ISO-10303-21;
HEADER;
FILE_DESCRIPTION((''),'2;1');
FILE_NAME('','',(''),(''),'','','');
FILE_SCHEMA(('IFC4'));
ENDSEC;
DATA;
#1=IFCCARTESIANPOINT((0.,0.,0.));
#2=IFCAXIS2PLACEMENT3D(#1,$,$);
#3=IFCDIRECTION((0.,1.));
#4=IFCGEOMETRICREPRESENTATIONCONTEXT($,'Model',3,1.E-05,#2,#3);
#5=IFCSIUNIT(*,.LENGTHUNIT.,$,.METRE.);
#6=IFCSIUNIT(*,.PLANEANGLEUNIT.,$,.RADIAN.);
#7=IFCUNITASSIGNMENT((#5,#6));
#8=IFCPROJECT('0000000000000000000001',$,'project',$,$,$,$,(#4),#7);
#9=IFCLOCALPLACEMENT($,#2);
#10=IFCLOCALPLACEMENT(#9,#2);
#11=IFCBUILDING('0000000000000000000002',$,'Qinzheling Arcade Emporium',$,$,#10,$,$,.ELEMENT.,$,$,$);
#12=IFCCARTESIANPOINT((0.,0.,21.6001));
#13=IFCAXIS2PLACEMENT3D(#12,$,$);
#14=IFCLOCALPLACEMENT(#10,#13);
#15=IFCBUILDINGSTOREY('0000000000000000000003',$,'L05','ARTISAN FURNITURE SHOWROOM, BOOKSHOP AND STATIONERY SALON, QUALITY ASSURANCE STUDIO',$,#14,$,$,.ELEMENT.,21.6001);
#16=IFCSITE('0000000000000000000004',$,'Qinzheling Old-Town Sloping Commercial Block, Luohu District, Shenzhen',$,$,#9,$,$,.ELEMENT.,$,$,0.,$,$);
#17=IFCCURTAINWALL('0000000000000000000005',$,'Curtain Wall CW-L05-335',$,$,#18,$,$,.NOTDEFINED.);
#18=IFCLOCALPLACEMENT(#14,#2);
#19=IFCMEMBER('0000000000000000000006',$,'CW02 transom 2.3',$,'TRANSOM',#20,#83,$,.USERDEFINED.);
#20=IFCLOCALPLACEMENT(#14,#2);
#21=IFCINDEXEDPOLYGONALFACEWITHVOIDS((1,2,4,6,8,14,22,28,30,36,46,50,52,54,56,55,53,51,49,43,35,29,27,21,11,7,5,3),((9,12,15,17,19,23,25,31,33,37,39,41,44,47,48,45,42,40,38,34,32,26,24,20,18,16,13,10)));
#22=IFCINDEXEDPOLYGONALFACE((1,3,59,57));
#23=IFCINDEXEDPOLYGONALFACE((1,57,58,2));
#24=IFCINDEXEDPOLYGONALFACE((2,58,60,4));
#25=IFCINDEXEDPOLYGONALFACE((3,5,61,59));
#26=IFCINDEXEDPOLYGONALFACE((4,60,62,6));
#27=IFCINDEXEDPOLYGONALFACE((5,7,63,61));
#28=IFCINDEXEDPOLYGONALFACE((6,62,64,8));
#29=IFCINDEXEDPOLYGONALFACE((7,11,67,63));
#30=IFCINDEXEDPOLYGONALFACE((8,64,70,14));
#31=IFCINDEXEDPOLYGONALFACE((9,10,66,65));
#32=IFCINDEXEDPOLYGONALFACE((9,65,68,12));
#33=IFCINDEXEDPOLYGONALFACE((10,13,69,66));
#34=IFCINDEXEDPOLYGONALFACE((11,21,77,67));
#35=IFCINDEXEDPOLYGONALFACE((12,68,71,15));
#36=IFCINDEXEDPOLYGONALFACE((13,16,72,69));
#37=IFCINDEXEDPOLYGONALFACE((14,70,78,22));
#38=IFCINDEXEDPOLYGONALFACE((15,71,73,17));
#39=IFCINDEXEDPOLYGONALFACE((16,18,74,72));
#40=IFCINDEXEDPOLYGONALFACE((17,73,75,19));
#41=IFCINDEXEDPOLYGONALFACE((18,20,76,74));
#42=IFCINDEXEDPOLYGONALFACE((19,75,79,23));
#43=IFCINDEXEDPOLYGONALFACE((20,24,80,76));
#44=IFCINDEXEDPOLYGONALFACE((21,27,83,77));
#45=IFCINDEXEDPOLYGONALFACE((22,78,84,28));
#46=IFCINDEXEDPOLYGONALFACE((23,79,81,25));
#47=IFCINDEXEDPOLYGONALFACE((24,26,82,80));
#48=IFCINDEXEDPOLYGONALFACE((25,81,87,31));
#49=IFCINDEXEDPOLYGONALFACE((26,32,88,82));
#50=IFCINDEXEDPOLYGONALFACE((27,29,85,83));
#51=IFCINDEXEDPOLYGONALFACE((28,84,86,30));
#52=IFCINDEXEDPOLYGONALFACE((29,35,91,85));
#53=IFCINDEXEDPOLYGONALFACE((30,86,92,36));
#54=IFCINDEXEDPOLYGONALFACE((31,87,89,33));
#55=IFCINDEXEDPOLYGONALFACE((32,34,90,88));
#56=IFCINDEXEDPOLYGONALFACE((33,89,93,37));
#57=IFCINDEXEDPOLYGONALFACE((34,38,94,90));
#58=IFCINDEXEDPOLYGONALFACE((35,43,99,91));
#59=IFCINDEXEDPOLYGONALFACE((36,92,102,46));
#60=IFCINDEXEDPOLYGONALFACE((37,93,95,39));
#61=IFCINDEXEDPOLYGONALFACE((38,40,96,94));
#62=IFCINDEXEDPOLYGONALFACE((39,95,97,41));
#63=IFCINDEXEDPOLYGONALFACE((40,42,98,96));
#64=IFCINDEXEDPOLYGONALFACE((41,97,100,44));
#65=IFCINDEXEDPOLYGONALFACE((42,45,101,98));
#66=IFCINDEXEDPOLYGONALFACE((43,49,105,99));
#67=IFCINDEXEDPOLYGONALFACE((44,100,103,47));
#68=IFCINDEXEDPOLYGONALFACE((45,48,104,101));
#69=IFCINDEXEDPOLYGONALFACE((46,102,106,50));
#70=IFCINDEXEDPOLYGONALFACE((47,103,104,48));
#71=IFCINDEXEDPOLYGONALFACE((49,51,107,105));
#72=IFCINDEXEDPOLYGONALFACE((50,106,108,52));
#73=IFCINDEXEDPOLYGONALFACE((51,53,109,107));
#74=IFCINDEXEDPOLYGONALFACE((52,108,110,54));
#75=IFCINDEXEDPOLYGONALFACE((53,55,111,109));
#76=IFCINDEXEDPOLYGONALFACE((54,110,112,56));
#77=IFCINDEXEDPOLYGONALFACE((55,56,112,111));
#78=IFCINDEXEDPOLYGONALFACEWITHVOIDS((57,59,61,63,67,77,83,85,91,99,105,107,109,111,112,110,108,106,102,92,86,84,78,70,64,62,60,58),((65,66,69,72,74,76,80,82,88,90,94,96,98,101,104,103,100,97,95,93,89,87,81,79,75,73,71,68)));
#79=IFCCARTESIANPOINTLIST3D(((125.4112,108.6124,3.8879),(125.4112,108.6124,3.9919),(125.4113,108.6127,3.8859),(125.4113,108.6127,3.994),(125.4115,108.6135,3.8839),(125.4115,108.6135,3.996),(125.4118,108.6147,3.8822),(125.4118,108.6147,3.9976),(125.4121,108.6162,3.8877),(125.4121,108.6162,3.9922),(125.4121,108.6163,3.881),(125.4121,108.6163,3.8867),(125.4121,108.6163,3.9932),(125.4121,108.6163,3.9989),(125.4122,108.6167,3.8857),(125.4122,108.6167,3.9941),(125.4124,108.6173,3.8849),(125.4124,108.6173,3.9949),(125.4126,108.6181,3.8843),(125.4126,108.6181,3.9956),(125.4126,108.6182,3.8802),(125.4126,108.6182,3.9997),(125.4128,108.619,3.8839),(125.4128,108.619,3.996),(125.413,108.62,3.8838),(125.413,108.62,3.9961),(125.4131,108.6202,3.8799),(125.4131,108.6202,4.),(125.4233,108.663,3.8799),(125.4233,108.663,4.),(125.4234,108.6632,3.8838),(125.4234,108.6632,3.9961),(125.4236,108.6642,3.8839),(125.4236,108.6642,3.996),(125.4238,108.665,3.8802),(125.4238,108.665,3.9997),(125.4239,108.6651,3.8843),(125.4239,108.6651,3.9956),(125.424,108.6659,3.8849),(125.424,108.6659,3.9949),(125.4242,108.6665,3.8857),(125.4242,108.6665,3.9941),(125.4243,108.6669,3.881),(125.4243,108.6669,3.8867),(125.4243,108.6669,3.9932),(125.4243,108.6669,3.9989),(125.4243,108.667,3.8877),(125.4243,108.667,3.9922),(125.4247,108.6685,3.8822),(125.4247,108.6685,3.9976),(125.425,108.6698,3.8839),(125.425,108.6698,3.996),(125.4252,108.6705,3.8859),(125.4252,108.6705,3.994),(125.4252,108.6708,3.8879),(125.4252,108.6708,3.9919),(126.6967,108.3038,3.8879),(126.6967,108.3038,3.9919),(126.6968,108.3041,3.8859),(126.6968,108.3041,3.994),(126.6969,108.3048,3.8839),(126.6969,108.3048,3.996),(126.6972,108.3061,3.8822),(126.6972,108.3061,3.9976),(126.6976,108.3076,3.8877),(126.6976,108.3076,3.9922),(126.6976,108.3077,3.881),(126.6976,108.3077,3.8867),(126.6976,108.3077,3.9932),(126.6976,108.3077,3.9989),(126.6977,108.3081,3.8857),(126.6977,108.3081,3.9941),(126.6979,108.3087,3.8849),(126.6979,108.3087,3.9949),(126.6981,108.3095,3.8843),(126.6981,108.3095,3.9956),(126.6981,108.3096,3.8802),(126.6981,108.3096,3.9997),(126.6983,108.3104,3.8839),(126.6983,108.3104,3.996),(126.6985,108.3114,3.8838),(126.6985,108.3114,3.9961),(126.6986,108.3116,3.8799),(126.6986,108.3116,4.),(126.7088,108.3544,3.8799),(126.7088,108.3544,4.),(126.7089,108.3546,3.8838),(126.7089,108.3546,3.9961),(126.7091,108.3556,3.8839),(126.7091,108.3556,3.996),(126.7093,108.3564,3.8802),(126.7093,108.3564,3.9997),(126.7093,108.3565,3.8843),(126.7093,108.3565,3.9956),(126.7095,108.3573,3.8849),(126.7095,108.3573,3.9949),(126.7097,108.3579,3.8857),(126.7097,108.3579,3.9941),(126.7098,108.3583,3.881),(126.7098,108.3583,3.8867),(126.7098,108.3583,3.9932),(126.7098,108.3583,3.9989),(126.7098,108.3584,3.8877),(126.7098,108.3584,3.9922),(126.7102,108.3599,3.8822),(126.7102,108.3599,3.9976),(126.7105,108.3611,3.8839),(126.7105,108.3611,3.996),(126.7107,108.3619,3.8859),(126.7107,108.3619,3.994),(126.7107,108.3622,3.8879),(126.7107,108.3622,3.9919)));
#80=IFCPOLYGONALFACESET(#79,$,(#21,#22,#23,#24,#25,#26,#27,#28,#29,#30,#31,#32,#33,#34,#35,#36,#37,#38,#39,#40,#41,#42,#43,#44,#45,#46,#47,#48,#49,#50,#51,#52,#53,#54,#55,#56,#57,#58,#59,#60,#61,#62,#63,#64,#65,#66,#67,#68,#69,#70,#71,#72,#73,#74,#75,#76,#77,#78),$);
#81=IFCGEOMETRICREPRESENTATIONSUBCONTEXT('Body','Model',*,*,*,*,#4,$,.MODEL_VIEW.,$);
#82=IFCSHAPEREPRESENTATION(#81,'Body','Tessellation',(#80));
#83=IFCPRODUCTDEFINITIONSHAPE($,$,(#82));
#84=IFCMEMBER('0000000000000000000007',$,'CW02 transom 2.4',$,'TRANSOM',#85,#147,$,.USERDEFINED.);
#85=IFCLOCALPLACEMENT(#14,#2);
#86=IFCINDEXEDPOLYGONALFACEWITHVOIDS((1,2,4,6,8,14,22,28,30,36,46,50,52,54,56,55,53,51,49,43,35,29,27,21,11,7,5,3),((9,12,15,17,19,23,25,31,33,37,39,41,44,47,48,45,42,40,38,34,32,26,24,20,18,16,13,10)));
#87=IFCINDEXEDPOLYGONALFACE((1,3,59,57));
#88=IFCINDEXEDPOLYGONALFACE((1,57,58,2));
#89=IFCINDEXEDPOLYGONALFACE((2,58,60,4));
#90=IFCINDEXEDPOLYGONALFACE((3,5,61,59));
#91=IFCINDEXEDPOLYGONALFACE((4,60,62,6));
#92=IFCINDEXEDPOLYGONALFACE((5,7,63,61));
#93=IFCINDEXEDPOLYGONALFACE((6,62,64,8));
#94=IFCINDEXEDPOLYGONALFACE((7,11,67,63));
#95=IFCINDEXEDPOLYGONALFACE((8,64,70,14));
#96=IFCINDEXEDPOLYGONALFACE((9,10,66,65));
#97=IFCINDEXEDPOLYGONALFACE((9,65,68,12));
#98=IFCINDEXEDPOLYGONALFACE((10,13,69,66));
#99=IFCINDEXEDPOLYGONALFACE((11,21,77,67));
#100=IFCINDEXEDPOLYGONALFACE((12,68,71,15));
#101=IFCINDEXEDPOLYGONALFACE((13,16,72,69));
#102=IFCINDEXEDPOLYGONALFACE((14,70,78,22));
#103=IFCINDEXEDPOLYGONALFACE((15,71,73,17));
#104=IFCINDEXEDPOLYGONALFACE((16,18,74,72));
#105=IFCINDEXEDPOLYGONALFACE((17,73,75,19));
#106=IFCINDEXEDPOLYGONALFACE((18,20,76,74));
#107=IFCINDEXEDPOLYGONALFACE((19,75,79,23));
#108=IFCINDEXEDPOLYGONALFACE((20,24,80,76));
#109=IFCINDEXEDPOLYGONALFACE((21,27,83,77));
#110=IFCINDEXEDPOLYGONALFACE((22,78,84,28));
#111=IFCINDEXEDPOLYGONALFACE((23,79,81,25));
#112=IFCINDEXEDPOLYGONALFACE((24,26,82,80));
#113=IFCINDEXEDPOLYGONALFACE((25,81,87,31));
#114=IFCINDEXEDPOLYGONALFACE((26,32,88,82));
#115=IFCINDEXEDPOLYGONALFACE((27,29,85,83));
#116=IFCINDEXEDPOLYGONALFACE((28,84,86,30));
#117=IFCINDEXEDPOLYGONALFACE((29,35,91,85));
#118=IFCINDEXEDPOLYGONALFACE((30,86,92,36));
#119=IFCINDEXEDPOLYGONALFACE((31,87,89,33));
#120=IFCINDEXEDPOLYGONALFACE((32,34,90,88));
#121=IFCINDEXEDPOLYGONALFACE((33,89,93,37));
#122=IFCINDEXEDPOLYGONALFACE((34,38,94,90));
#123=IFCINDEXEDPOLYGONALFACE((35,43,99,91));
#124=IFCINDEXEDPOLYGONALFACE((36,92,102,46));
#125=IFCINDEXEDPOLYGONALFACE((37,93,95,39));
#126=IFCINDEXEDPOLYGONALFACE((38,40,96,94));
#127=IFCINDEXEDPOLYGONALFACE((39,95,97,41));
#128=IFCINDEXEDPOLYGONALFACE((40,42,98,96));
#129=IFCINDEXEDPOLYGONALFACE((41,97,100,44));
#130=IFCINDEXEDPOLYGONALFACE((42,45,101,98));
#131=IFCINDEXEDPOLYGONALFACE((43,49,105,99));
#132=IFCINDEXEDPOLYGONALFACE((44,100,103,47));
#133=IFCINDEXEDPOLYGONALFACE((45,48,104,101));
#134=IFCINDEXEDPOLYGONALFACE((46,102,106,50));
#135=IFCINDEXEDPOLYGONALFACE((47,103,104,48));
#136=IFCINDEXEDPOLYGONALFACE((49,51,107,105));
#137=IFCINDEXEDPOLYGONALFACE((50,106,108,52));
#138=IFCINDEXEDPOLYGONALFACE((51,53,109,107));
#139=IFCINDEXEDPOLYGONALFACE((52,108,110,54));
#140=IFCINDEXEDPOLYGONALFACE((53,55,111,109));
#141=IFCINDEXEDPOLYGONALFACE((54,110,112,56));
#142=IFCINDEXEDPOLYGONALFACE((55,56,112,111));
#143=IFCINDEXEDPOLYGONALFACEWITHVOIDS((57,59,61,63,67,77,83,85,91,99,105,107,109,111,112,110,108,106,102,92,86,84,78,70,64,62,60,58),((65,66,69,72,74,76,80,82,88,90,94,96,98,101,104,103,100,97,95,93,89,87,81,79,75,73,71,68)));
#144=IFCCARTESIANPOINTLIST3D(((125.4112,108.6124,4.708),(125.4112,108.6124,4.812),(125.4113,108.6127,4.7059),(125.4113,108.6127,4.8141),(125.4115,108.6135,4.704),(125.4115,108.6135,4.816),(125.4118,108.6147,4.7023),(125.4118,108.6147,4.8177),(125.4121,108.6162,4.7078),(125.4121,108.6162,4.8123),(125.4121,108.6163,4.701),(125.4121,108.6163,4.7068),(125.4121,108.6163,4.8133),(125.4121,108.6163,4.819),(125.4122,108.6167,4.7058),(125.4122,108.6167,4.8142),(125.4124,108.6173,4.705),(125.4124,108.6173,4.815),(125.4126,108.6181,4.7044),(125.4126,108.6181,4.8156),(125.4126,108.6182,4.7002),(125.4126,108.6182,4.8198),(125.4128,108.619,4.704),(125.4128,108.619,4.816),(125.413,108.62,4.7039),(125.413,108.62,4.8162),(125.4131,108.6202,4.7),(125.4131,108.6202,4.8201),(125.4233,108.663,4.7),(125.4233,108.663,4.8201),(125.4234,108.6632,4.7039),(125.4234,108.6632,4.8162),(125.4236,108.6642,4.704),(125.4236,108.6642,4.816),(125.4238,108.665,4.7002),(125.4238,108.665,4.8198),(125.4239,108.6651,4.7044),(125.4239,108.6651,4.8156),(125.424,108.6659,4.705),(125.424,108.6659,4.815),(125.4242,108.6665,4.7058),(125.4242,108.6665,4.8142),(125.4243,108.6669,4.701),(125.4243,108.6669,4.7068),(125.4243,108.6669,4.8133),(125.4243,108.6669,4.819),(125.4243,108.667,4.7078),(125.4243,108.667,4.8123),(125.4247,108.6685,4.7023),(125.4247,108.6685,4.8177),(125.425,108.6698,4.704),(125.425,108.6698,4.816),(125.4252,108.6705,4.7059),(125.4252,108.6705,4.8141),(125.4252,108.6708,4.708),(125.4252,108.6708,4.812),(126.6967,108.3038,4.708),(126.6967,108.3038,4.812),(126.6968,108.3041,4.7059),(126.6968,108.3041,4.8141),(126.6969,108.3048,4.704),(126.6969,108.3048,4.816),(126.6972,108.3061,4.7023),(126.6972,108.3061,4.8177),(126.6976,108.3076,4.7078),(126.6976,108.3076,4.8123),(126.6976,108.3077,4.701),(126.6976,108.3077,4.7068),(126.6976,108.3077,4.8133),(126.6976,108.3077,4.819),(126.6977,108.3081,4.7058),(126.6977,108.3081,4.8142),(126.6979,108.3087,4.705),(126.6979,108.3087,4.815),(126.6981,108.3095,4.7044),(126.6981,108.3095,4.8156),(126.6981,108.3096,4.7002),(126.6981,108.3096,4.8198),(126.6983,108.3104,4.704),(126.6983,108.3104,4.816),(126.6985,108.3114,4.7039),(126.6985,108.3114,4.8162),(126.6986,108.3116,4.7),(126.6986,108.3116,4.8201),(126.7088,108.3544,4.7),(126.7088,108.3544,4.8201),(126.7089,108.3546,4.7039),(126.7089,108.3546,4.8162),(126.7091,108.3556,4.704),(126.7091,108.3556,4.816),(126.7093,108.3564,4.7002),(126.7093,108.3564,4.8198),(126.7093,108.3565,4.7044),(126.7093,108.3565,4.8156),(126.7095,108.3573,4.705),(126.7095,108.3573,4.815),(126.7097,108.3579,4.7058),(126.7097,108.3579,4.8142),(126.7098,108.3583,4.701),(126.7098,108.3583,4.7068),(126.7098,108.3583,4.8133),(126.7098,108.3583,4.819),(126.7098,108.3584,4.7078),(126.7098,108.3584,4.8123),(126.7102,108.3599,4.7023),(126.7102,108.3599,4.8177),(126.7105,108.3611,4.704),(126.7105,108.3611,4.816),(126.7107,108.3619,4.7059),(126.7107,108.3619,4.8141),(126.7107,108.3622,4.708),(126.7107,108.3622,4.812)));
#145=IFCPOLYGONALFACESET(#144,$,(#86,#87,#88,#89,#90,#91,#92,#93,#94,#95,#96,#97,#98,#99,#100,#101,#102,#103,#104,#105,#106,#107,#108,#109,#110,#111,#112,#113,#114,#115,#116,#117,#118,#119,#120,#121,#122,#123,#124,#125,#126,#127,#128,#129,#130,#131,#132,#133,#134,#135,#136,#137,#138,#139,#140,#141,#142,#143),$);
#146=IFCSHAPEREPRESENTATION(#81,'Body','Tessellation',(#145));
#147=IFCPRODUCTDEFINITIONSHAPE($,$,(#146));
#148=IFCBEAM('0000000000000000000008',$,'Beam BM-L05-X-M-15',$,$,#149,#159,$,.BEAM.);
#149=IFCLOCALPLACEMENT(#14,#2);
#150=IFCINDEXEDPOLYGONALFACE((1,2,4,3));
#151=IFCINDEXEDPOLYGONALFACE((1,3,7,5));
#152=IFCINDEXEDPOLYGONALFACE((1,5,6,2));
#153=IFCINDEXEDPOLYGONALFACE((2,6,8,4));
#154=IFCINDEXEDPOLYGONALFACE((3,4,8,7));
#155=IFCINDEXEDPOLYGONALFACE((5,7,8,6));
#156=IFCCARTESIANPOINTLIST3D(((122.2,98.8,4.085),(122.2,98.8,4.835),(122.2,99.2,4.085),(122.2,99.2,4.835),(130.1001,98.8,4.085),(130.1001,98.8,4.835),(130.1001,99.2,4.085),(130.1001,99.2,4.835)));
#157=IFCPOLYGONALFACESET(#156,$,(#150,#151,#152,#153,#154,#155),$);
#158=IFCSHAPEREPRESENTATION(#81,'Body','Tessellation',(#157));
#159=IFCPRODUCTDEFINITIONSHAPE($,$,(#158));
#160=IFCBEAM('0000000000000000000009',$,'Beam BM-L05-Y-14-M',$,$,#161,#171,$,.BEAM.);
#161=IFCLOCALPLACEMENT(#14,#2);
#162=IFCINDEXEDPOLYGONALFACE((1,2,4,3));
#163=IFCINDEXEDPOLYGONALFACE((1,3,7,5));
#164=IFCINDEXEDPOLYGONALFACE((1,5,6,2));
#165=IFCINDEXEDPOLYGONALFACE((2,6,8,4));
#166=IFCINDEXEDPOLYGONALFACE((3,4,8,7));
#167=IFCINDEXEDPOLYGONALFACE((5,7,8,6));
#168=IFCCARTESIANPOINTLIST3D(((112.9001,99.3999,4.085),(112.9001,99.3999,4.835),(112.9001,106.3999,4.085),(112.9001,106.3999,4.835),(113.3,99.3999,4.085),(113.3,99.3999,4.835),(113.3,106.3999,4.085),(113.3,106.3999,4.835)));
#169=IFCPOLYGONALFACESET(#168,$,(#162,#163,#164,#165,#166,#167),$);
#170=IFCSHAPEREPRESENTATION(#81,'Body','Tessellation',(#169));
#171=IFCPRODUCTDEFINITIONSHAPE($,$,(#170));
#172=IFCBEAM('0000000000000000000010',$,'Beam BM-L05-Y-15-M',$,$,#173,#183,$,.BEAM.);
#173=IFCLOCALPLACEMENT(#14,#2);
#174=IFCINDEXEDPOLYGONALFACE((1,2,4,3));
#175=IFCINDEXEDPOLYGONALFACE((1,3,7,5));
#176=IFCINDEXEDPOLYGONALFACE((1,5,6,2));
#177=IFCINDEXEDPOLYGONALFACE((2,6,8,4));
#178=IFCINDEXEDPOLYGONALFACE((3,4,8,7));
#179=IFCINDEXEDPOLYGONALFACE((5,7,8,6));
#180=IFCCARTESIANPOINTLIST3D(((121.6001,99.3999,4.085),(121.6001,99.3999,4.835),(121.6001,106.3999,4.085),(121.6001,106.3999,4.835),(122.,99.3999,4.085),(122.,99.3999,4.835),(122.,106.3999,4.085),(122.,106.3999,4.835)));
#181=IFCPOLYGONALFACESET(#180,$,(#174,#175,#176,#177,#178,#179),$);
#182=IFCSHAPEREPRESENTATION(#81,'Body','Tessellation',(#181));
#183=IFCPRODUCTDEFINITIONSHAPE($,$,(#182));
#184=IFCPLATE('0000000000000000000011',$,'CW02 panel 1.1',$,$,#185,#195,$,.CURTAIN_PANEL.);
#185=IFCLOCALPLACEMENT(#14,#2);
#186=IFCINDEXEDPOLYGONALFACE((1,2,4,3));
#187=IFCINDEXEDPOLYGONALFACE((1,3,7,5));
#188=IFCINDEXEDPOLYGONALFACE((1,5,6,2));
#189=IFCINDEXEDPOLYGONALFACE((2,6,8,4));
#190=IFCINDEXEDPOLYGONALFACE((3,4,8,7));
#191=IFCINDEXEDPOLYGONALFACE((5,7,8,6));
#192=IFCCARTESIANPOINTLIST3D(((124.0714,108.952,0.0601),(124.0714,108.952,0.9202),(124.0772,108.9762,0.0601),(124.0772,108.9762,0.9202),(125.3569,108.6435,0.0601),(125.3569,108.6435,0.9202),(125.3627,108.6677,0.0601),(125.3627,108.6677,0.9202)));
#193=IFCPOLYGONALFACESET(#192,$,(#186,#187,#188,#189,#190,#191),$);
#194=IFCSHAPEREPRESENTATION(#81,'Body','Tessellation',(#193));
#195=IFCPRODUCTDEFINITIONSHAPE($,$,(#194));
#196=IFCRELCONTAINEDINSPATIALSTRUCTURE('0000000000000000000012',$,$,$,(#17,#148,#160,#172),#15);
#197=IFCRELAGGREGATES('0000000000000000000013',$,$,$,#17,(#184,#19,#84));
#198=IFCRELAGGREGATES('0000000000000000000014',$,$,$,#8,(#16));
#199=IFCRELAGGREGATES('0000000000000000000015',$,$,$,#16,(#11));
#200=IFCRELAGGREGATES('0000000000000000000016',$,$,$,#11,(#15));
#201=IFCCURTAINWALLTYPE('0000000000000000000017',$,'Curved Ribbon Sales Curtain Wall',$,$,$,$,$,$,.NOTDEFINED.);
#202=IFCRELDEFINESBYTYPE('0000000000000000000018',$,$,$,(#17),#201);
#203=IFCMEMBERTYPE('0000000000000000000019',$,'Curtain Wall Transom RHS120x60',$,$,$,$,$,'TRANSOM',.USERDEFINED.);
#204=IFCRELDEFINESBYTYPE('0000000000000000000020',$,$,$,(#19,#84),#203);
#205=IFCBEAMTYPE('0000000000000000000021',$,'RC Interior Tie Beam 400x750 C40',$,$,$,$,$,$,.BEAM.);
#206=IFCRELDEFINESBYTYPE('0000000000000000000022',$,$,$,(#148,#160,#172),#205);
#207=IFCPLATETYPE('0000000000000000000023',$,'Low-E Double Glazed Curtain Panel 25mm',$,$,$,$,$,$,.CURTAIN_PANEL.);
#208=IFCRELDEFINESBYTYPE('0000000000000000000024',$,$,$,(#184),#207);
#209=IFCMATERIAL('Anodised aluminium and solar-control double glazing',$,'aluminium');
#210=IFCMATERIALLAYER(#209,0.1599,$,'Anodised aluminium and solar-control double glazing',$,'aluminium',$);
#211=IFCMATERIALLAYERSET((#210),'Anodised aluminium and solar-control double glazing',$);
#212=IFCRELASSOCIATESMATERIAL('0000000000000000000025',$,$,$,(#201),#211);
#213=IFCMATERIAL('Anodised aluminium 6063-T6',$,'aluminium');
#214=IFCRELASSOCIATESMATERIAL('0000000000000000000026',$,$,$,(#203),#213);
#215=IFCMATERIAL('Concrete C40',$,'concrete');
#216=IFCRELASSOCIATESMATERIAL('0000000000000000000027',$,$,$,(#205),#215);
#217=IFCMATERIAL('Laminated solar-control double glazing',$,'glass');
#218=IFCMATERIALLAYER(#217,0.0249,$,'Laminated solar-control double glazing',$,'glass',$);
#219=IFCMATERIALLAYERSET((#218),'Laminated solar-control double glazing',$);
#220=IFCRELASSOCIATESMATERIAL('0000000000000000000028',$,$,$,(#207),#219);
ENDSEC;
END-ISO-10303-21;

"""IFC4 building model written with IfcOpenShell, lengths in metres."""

from ifc_helpers import new_model, si_unit, direction, frame, origin, origin_2d, place, context, subcontext, project, spatial, rectangle, hollow_rectangle, extrude, material, layer, layer_set, material_profile, profile_set, type_object, element, aggregate, save


model = new_model("IFC4")

# Units and contexts
model_context = context("Model", 3, precision=1e-05, world=origin(), true_north=direction((0.0, 1.0)))
body_context = subcontext(model_context, "Body", "Model", "MODEL_VIEW")
ifc_project = project(units=[si_unit("LENGTHUNIT", "METRE"), si_unit("PLANEANGLEUNIT", "RADIAN")], contexts=[model_context])

# Site, building, storey
site_placement = place(None, origin())
site = spatial("IfcSite", under=ifc_project, at=site_placement, Name="Qinzheling Old-Town Sloping Commercial Block, Luohu District, Shenzhen", CompositionType="ELEMENT", RefElevation=0.0)
building_placement = place(site_placement, origin())
building = spatial("IfcBuilding", under=site, at=building_placement, Name="Qinzheling Arcade Emporium", CompositionType="ELEMENT")
storey_placement = place(building_placement, frame((0.0, 0.0, 21.6001)))
storey = spatial("IfcBuildingStorey", under=building, at=storey_placement, Name="L05", Description="ARTISAN FURNITURE SHOWROOM, BOOKSHOP AND STATIONERY SALON, QUALITY ASSURANCE STUDIO", CompositionType="ELEMENT", Elevation=21.6001)

# Shared definitions
ifc_material_1 = material(Name="Concrete C40", Category="concrete")

# Curtain wall, members
ifc_material_2 = material(Name="Anodised aluminium and solar-control double glazing", Category="aluminium")
ifc_layer_1 = layer(ifc_material_2, 0.1599, Name="Anodised aluminium and solar-control double glazing", Category="aluminium")
ifc_layer_set_1 = layer_set([ifc_layer_1], Name="Anodised aluminium and solar-control double glazing")
curtain_wall_type = type_object("IfcCurtainWallType", Name="Curved Ribbon Sales Curtain Wall", PredefinedType="NOTDEFINED", material=ifc_layer_set_1)
curtain_wall_placement = place(storey_placement, origin())
curtain_wall = element("IfcCurtainWall", 1, at=curtain_wall_placement, inside=storey, type_object=curtain_wall_type, Name="Curtain Wall CW-L05-335", PredefinedType="NOTDEFINED")
ifc_material_3 = material(Name="Anodised aluminium 6063-T6", Category="aluminium")
ifc_material_profile_1 = material_profile(ifc_material_3, hollow_rectangle(XDim=0.0601, YDim=0.1201, WallThickness=0.0039, InnerFilletRadius=0.0039, OuterFilletRadius=0.0081, at=origin_2d()), Name="RHS 120x60x4", Category="aluminium")
ifc_profile_set_1 = profile_set([ifc_material_profile_1], Name="Anodised aluminium 6063-T6")
member_type_1 = type_object("IfcMemberType", Name="Curtain Wall Transom RHS120x60", ElementType="TRANSOM", PredefinedType="USERDEFINED", material=ifc_profile_set_1)
member_1_placement = place(storey_placement, frame((125.4182, 108.6416, 3.9399), z_axis=(0.972371, -0.233443, 0.0), x_axis=(0.233443, 0.972371, 0.0)))
member_1 = element("IfcMember", 2, at=member_1_placement, type_object=member_type_1, Name="CW02 transom 2.3", ObjectType="TRANSOM", PredefinedType="USERDEFINED", context=body_context, shape_type="SweptSolid", body=[
    extrude(hollow_rectangle(XDim=0.0601, YDim=0.1201, WallThickness=0.0039, InnerFilletRadius=0.0039, OuterFilletRadius=0.0081, at=origin_2d()), origin(), (0.0, 0.0, 1.0), 1.322),
])
member_2_placement = place(storey_placement, frame((125.4182, 108.6416, 4.76), z_axis=(0.972371, -0.233443, 0.0), x_axis=(0.233443, 0.972371, 0.0)))
member_2 = element("IfcMember", 3, at=member_2_placement, type_object=member_type_1, Name="CW02 transom 2.4", ObjectType="TRANSOM", PredefinedType="USERDEFINED", context=body_context, shape_type="SweptSolid", body=[
    extrude(hollow_rectangle(XDim=0.0601, YDim=0.1201, WallThickness=0.0039, InnerFilletRadius=0.0039, OuterFilletRadius=0.0081, at=origin_2d()), origin(), (0.0, 0.0, 1.0), 1.322),
])

# Beams
ifc_material_profile_2 = material_profile(ifc_material_1, rectangle(XDim=0.3999, YDim=0.75, at=origin_2d()), Name="RC 400x750", Category="concrete")
ifc_profile_set_2 = profile_set([ifc_material_profile_2], Name="Concrete C40")
beam_type = type_object("IfcBeamType", Name="RC Interior Tie Beam 400x750 C40", PredefinedType="BEAM", material=ifc_profile_set_2)
beam_placement = place(storey_placement, frame((122.2, 99.0, 4.46), z_axis=(1.0, 0.0, 0.0), x_axis=(0.0, 1.0, 0.0)))
element("IfcBeam", 4, at=beam_placement, inside=storey, type_object=beam_type, Name="Beam BM-L05-X-M-15", PredefinedType="BEAM", context=body_context, shape_type="SweptSolid", body=[
    extrude(rectangle(XDim=0.3999, YDim=0.75, at=origin_2d()), origin(), (0.0, 0.0, 1.0), 7.9001),
])
for number, where, z_axis, x_axis, name in (
    (5, (113.1001, 99.3999, 4.46), (0.0, 1.0, 0.0), (-1.0, 0.0, 0.0), "Beam BM-L05-Y-14-M"),
    (6, (121.8, 99.3999, 4.46), (0.0, 1.0, 0.0), (-1.0, 0.0, 0.0), "Beam BM-L05-Y-15-M"),
):
    element("IfcBeam", number, at=place(storey_placement, frame(where, z_axis=z_axis, x_axis=x_axis)), inside=storey, type_object=beam_type, Name=name, PredefinedType="BEAM", context=body_context, shape_type="SweptSolid", body=[
        extrude(rectangle(XDim=0.3999, YDim=0.75, at=origin_2d()), origin(), (0.0, 0.0, 1.0), 7.0),
    ])

# Plate
ifc_material_4 = material(Name="Laminated solar-control double glazing", Category="glass")
ifc_layer_2 = layer(ifc_material_4, 0.0249, Name="Laminated solar-control double glazing", Category="glass")
ifc_layer_set_2 = layer_set([ifc_layer_2], Name="Laminated solar-control double glazing")
plate_type = type_object("IfcPlateType", Name="Low-E Double Glazed Curtain Panel 25mm", PredefinedType="CURTAIN_PANEL", material=ifc_layer_set_2)
plate_1_placement = place(storey_placement, frame((124.717, 108.8098, 0.0601), z_axis=(0.0, 0.0, 1.0), x_axis=(0.972391, -0.23336, 0.0)))
plate_1 = element("IfcPlate", 7, at=plate_1_placement, type_object=plate_type, Name="CW02 panel 1.1", PredefinedType="CURTAIN_PANEL", context=body_context, shape_type="SweptSolid", body=[
    extrude(rectangle(XDim=1.322, YDim=0.0249, at=origin_2d()), origin(), (0.0, 0.0, 1.0), 0.8601),
])
aggregate(curtain_wall, [plate_1, member_1, member_2])

save(model, "model.ifc")
